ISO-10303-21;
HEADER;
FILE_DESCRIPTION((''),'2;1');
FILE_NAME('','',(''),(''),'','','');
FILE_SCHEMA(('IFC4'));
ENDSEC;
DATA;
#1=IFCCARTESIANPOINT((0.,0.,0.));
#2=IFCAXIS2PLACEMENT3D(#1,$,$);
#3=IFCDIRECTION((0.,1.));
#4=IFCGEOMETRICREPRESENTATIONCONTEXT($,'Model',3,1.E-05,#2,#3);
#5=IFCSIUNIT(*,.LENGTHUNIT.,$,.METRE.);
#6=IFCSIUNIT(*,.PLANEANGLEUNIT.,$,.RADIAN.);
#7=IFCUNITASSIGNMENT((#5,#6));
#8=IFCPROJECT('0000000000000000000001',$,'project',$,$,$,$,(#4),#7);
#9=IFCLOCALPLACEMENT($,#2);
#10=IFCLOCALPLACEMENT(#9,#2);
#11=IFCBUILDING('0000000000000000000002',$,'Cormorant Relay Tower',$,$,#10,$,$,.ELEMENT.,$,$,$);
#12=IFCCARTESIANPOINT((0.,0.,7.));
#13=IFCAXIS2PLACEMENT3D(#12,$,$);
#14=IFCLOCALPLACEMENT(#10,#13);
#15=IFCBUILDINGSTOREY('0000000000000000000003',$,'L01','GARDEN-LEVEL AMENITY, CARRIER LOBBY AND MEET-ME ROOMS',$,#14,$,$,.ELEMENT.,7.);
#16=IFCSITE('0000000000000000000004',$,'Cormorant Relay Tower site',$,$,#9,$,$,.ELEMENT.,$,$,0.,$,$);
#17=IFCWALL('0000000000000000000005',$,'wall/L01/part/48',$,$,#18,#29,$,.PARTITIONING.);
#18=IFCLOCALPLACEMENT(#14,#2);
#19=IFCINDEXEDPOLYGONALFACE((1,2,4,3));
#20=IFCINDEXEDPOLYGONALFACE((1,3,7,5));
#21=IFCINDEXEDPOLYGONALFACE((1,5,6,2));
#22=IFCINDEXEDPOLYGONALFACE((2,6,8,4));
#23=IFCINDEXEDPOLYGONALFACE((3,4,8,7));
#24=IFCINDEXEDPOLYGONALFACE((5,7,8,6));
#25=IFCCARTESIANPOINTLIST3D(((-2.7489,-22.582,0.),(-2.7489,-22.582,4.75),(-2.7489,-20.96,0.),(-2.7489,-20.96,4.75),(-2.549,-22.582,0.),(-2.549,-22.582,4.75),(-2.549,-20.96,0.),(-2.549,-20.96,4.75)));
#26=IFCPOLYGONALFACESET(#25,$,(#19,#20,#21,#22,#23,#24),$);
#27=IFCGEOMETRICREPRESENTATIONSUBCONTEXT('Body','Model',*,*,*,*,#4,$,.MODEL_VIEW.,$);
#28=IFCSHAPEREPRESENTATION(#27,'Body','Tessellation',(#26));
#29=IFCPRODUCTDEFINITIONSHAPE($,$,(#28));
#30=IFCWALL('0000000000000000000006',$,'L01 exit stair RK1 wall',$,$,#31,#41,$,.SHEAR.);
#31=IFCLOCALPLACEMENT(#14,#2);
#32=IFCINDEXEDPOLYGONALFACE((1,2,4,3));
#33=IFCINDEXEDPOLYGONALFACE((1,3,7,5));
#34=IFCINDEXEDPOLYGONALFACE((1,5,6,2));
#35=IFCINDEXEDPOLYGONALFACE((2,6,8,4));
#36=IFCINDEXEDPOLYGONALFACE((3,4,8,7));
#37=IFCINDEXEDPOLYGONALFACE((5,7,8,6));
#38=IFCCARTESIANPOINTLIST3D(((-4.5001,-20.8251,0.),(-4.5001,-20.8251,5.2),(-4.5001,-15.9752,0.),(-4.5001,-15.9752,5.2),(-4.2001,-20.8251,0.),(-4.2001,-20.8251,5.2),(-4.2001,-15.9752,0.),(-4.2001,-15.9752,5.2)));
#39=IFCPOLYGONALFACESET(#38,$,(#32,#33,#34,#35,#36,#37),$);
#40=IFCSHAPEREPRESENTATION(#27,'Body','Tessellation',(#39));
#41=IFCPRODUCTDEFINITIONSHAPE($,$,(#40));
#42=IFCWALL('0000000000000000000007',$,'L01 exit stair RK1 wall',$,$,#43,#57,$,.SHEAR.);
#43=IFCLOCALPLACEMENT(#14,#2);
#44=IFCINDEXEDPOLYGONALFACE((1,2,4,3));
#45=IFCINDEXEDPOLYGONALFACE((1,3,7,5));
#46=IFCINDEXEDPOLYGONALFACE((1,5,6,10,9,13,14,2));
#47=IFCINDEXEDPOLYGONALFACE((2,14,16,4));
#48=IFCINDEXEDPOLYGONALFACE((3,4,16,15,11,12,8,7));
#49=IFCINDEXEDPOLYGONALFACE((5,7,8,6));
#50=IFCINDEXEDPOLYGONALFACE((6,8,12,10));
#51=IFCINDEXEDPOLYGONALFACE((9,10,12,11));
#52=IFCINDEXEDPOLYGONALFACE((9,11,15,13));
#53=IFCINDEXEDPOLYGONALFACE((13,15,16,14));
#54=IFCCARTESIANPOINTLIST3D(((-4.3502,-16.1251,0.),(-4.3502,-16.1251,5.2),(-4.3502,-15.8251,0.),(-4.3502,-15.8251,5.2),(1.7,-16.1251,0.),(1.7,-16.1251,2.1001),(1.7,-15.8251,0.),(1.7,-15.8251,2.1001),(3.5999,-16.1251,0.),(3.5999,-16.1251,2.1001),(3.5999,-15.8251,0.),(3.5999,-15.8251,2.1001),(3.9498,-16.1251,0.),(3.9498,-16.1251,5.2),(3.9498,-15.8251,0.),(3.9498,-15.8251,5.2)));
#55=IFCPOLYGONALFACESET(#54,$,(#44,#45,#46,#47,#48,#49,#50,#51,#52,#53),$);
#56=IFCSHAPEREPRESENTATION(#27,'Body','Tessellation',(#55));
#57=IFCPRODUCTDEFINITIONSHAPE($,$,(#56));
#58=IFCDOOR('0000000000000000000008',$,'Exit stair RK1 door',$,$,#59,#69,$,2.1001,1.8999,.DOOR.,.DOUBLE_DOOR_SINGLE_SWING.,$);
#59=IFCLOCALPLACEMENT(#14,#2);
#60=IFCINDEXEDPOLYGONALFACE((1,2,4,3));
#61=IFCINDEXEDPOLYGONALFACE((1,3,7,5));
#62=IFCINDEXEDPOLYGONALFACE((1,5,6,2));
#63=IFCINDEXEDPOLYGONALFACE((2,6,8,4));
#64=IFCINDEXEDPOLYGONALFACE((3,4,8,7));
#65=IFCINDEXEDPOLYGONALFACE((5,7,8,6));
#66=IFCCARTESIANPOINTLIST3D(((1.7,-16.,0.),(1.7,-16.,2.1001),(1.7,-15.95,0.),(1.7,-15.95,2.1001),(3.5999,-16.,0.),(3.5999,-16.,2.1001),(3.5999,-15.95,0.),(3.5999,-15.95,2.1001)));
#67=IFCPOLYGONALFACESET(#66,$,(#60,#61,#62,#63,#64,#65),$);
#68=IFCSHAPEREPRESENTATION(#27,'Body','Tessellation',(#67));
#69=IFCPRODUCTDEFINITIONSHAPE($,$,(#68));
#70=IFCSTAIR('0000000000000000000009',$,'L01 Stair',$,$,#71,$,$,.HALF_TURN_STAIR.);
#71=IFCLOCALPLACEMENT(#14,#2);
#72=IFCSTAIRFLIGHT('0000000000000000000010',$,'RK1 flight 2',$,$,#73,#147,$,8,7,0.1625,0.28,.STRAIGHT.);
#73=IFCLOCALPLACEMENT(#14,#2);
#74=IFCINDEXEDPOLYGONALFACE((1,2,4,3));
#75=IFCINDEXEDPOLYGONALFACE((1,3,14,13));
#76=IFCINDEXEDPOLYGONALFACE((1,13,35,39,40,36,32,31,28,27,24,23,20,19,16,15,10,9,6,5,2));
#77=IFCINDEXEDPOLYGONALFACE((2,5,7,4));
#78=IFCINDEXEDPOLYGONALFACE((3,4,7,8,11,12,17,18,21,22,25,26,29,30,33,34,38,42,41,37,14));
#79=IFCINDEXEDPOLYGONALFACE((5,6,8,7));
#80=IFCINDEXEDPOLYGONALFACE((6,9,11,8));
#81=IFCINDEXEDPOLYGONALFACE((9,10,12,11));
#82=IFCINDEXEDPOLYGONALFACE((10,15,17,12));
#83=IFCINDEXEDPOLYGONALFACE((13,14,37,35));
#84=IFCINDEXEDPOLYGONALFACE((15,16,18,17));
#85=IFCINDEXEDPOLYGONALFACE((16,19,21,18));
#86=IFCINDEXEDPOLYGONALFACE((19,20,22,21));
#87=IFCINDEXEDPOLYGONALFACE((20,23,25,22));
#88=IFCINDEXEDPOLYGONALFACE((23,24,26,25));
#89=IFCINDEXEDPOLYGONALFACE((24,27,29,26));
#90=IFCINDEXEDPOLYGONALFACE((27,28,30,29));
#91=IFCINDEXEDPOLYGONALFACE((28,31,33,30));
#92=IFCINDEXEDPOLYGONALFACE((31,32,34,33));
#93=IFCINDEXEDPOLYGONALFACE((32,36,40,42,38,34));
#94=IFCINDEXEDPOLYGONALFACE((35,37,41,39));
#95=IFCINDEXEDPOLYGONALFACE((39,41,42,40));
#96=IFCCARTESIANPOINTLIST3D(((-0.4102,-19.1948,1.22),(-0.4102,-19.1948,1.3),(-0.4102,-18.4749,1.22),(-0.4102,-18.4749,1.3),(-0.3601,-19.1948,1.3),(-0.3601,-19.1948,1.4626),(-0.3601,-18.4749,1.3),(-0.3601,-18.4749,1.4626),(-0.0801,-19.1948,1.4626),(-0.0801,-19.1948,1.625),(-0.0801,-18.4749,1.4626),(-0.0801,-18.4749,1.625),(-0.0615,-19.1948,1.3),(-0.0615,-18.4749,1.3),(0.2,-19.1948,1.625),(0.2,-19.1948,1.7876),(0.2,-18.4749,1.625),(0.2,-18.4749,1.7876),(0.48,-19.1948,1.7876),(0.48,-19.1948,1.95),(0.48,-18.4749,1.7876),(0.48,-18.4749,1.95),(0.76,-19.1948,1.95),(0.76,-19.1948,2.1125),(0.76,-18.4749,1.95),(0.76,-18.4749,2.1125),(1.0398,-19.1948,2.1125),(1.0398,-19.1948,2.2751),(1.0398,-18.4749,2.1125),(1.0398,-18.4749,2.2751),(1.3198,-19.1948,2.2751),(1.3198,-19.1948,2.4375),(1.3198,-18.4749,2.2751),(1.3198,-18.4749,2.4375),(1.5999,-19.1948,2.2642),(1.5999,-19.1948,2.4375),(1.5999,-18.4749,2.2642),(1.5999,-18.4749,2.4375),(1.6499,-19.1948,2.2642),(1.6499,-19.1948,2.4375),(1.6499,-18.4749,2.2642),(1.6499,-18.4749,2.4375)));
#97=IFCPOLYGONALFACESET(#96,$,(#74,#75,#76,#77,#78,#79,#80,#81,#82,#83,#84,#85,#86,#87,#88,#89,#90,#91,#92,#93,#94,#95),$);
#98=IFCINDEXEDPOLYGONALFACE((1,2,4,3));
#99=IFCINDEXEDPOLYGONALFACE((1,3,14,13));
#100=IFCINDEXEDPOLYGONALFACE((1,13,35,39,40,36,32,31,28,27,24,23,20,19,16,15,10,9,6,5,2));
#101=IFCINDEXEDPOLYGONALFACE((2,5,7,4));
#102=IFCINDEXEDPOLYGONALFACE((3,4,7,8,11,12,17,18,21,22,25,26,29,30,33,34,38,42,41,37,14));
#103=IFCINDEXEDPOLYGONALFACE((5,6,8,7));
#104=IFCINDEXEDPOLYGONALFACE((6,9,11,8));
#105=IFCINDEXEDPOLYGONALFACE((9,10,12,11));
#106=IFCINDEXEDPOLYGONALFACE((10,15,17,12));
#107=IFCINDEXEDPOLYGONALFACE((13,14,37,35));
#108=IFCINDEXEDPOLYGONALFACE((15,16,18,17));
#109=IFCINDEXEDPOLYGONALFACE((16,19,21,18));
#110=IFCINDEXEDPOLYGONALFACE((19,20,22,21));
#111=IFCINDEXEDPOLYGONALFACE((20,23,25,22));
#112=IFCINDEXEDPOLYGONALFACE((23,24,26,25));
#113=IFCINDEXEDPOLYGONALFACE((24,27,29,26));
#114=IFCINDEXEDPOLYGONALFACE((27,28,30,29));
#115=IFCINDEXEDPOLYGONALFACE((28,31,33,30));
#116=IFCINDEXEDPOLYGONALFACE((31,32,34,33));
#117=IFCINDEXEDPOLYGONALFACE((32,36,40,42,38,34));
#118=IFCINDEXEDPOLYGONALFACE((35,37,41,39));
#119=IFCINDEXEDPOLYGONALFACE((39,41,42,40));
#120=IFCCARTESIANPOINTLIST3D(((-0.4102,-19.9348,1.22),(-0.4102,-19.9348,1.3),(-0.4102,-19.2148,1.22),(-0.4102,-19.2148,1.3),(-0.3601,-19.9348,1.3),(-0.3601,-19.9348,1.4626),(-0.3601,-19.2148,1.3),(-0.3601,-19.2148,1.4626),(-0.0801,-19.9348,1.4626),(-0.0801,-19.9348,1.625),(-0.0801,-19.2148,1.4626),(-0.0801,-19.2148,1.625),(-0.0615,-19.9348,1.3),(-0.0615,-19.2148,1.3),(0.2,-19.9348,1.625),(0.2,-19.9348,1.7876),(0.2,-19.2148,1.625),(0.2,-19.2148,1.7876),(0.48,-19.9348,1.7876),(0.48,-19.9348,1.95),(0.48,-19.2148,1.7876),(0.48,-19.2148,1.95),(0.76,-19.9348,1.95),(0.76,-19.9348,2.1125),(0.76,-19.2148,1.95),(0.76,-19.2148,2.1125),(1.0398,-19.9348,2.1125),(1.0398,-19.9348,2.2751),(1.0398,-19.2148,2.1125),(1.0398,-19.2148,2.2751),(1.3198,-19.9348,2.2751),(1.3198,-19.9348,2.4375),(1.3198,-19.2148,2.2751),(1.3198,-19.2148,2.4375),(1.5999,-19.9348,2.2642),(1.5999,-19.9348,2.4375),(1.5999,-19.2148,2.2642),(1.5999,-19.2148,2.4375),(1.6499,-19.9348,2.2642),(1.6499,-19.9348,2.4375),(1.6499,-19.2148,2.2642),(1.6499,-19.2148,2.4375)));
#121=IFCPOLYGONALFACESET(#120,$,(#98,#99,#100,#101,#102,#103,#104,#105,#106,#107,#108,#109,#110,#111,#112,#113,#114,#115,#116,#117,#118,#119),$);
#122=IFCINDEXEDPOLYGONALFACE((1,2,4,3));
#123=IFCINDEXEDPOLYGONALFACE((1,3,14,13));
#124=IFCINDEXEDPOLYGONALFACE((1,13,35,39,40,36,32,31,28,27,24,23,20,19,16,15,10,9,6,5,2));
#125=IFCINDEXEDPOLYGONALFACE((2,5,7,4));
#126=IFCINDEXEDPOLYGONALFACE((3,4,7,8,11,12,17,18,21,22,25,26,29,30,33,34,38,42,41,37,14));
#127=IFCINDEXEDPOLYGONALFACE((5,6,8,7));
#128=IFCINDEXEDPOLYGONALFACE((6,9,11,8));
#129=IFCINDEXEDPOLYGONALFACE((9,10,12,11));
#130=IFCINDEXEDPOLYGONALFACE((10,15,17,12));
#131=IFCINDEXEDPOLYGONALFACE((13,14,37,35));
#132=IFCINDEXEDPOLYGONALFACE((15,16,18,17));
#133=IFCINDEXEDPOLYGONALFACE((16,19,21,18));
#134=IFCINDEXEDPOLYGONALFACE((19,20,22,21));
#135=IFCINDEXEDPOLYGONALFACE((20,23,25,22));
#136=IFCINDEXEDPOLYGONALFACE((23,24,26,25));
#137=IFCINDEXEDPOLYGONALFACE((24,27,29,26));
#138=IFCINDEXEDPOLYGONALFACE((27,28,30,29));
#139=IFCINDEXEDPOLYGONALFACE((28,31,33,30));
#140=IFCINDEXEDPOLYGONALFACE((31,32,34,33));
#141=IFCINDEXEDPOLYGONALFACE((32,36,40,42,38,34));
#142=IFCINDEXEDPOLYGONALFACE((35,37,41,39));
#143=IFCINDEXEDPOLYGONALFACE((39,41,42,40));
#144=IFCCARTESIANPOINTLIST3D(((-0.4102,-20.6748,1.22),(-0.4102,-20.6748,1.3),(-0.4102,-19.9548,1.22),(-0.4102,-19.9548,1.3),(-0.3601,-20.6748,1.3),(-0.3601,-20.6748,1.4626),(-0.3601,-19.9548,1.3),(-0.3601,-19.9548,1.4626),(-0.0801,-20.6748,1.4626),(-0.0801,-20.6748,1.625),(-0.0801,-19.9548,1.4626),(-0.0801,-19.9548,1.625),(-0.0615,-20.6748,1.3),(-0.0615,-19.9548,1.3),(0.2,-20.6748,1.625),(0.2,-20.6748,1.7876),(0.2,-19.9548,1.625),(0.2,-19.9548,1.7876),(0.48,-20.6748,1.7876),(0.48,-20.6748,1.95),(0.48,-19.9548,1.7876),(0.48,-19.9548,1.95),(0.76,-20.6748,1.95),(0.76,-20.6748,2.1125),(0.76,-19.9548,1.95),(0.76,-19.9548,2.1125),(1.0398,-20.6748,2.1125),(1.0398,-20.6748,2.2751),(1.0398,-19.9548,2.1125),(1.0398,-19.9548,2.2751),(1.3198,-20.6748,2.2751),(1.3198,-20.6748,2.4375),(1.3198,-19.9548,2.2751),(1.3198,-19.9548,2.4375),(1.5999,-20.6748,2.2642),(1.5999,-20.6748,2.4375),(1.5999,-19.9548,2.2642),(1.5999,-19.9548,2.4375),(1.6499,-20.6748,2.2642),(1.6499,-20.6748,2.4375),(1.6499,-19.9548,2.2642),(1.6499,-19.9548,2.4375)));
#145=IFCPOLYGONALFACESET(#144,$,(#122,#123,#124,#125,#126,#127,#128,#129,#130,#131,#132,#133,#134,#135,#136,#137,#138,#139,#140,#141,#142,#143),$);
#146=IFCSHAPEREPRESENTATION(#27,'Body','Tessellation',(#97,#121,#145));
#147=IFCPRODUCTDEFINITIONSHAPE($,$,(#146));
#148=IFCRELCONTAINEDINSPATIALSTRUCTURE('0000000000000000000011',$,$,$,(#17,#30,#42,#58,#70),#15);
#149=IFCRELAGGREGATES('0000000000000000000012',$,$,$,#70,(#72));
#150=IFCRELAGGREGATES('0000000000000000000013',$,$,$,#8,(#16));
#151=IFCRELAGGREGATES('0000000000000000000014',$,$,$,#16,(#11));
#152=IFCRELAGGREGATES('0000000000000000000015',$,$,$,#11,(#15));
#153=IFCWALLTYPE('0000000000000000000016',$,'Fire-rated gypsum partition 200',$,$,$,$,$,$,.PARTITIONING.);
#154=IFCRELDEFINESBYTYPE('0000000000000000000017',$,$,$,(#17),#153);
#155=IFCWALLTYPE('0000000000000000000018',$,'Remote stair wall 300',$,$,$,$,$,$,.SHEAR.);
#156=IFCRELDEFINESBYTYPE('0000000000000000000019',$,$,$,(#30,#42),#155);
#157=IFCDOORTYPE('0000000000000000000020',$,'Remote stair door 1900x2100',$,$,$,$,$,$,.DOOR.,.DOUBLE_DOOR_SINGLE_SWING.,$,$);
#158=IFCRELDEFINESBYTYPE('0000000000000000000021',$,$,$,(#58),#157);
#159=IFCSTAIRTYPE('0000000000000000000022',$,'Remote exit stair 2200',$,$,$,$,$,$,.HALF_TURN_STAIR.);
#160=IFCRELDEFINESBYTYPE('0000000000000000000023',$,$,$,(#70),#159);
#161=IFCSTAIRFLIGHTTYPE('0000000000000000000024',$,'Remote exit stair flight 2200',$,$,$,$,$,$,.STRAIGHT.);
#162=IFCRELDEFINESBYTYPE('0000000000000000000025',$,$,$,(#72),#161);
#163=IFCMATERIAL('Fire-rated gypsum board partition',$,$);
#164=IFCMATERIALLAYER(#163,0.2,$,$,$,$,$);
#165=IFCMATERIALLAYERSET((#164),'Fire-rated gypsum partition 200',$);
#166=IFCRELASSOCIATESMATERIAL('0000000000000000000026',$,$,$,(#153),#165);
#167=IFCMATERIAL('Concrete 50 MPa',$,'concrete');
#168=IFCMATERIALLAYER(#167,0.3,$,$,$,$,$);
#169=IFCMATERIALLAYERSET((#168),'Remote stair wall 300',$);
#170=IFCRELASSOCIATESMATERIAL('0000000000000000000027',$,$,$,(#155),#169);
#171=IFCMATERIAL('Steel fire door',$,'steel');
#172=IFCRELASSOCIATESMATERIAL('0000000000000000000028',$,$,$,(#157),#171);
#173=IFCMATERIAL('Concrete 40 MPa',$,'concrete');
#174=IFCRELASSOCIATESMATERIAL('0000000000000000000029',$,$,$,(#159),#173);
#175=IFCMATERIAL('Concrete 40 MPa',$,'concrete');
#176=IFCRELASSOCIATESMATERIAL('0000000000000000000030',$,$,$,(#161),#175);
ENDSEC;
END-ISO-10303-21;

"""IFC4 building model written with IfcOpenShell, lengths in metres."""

from ifc_helpers import new_model, si_unit, direction, frame, frame_2d, origin, place, context, subcontext, project, spatial, polyline, rectangle, outline, extrude, material, layer, layer_set, type_object, element, fill, aggregate, save


model = new_model("IFC4")

# Units and contexts
model_context = context("Model", 3, precision=1e-05, world=origin(), true_north=direction((0.0, 1.0)))
body_context = subcontext(model_context, "Body", "Model", "MODEL_VIEW")
ifc_project = project(units=[si_unit("LENGTHUNIT", "METRE"), si_unit("PLANEANGLEUNIT", "RADIAN")], contexts=[model_context])

# Site, building, storey
site_placement = place(None, origin())
site = spatial("IfcSite", under=ifc_project, at=site_placement, Name="Cormorant Relay Tower site", CompositionType="ELEMENT", RefElevation=0.0)
building_placement = place(site_placement, origin())
building = spatial("IfcBuilding", under=site, at=building_placement, Name="Cormorant Relay Tower", CompositionType="ELEMENT")
storey_placement = place(building_placement, frame((0.0, 0.0, 7.0)))
storey = spatial("IfcBuildingStorey", under=building, at=storey_placement, Name="L01", Description="GARDEN-LEVEL AMENITY, CARRIER LOBBY AND MEET-ME ROOMS", CompositionType="ELEMENT", Elevation=7.0)

# Shared definitions
ifc_material_1 = material(Name="Fire-rated gypsum board partition")
ifc_layer_1 = layer(ifc_material_1, 0.2)
ifc_layer_set_1 = layer_set([ifc_layer_1], Name="Fire-rated gypsum partition 200")
wall_type_1 = type_object("IfcWallType", Name="Fire-rated gypsum partition 200", PredefinedType="PARTITIONING", material=ifc_layer_set_1)

# Wall
wall_1_placement = place(storey_placement, frame((-2.6489, -20.96, 0.0), z_axis=(0.0, 0.0, 1.0), x_axis=(0.0, -1.0, 0.0)))
element("IfcWall", 1, at=wall_1_placement, inside=storey, type_object=wall_type_1, Name="wall/L01/part/48", PredefinedType="PARTITIONING", context=body_context, shape_type="SweptSolid", body=[
    extrude(rectangle(XDim=1.6221, YDim=0.2, at=frame_2d((0.811, 0.0))), origin(), (0.0, 0.0, 1.0), 4.75),
])

# Wall
ifc_material_2 = material(Name="Concrete 50 MPa", Category="concrete")
ifc_layer_2 = layer(ifc_material_2, 0.3)
ifc_layer_set_2 = layer_set([ifc_layer_2], Name="Remote stair wall 300")
wall_type_2 = type_object("IfcWallType", Name="Remote stair wall 300", PredefinedType="SHEAR", material=ifc_layer_set_2)
wall_2_placement = place(storey_placement, frame((-4.3501, -20.825, 0.0), z_axis=(0.0, 0.0, 1.0), x_axis=(0.0, 1.0, 0.0)))
element("IfcWall", 2, at=wall_2_placement, inside=storey, type_object=wall_type_2, Name="L01 exit stair RK1 wall", PredefinedType="SHEAR", context=body_context, shape_type="SweptSolid", body=[
    extrude(rectangle(XDim=4.8499, YDim=0.3, at=frame_2d((2.4248, 0.0))), origin(), (0.0, 0.0, 1.0), 5.2),
])

# Wall, opening, door
wall_3_placement = place(storey_placement, frame((-4.3501, -15.9751, 0.0), z_axis=(0.0, 0.0, 1.0), x_axis=(1.0, 0.0, 0.0)))
wall_3 = element("IfcWall", 3, at=wall_3_placement, inside=storey, type_object=wall_type_2, Name="L01 exit stair RK1 wall", PredefinedType="SHEAR", context=body_context, shape_type="SweptSolid", body=[
    extrude(rectangle(XDim=8.3, YDim=0.3, at=frame_2d((4.1499, 0.0))), origin(), (0.0, 0.0, 1.0), 5.2),
])
opening_1_placement = place(wall_3_placement, frame((6.05, 0.0, 0.0)))
opening_1 = element("IfcOpeningElement", 4, at=opening_1_placement, cuts=wall_3, PredefinedType="OPENING", context=body_context, shape_type="SweptSolid", body=[
    extrude(rectangle(XDim=1.8999, YDim=2.1001, at=frame_2d((0.95, 1.05))), frame((0.0, 0.1599, 0.0), z_axis=(0.0, -1.0, 0.0), x_axis=(1.0, 0.0, 0.0)), (0.0, 0.0, 1.0), 0.3201),
])
ifc_material_3 = material(Name="Steel fire door", Category="steel")
door_type_1 = type_object("IfcDoorType", Name="Remote stair door 1900x2100", OperationType="DOUBLE_DOOR_SINGLE_SWING", PredefinedType="DOOR", material=ifc_material_3)
door_1_placement = place(opening_1_placement, frame((1.8999, 0.0, 0.0), z_axis=(0.0, 0.0, 1.0), x_axis=(-1.0, 0.0, 0.0)))
door_1 = element("IfcDoor", 5, at=door_1_placement, inside=storey, type_object=door_type_1, Name="Exit stair RK1 door", OperationType="DOUBLE_DOOR_SINGLE_SWING", OverallHeight=2.1001, OverallWidth=1.8999, PredefinedType="DOOR", context=body_context, shape_type="SweptSolid", body=[
    extrude(rectangle(XDim=1.8999, YDim=2.1001, at=frame_2d((0.95, 1.05))), frame((0.0, 0.0249, 0.0), z_axis=(0.0, -1.0, 0.0), x_axis=(1.0, 0.0, 0.0)), (0.0, 0.0, 1.0), 0.05),
])
fill(opening_1, door_1)

# Stair, stair flight
ifc_material_4 = material(Name="Concrete 40 MPa", Category="concrete")
stair_type = type_object("IfcStairType", Name="Remote exit stair 2200", PredefinedType="HALF_TURN_STAIR", material=ifc_material_4)
stair_placement = place(storey_placement, origin())
stair = element("IfcStair", 6, at=stair_placement, inside=storey, type_object=stair_type, Name="L01 Stair", PredefinedType="HALF_TURN_STAIR")
ifc_material_5 = material(Name="Concrete 40 MPa", Category="concrete")
stair_flight_type = type_object("IfcStairFlightType", Name="Remote exit stair flight 2200", PredefinedType="STRAIGHT", material=ifc_material_5)
stair_flight_1_placement = place(storey_placement, frame((-0.3601, -19.575, 1.3), z_axis=(0.0, 0.0, 1.0), x_axis=(1.0, 0.0, 0.0)))
stair_flight_1 = element("IfcStairFlight", 7, at=stair_flight_1_placement, type_object=stair_flight_type, Name="RK1 flight 2", NumberOfRisers=8, NumberOfTreads=7, PredefinedType="STRAIGHT", RiserHeight=0.1625, TreadLength=0.28, context=body_context, shape_type="SweptSolid", body=[
    extrude(outline(polyline([(-0.05, -0.0801), (-0.05, 0.0), (0.0, 0.0), (0.0, 0.1626), (0.28, 0.1626), (0.28, 0.325), (0.5601, 0.325), (0.5601, 0.4875), (0.8401, 0.4875), (0.8401, 0.6499), (1.1201, 0.6499), (1.1201, 0.8125), (1.3999, 0.8125), (1.3999, 0.9751), (1.6799, 0.9751), (1.6799, 1.1375), (1.96, 1.1375), (2.01, 1.1375), (2.01, 0.9641), (1.96, 0.9641), (0.2986, 0.0), (-0.05, -0.0801)])), frame((0.0, 1.1001, 0.0), z_axis=(0.0, -1.0, 0.0), x_axis=(1.0, 0.0, 0.0)), (0.0, 0.0, 1.0), 0.72),
    extrude(outline(polyline([(-0.05, -0.0801), (-0.05, 0.0), (0.0, 0.0), (0.0, 0.1626), (0.28, 0.1626), (0.28, 0.325), (0.5601, 0.325), (0.5601, 0.4875), (0.8401, 0.4875), (0.8401, 0.6499), (1.1201, 0.6499), (1.1201, 0.8125), (1.3999, 0.8125), (1.3999, 0.9751), (1.6799, 0.9751), (1.6799, 1.1375), (1.96, 1.1375), (2.01, 1.1375), (2.01, 0.9641), (1.96, 0.9641), (0.2986, 0.0), (-0.05, -0.0801)])), frame((0.0, 0.3601, 0.0), z_axis=(0.0, -1.0, 0.0), x_axis=(1.0, 0.0, 0.0)), (0.0, 0.0, 1.0), 0.72),
    extrude(outline(polyline([(-0.05, -0.0801), (-0.05, 0.0), (0.0, 0.0), (0.0, 0.1626), (0.28, 0.1626), (0.28, 0.325), (0.5601, 0.325), (0.5601, 0.4875), (0.8401, 0.4875), (0.8401, 0.6499), (1.1201, 0.6499), (1.1201, 0.8125), (1.3999, 0.8125), (1.3999, 0.9751), (1.6799, 0.9751), (1.6799, 1.1375), (1.96, 1.1375), (2.01, 1.1375), (2.01, 0.9641), (1.96, 0.9641), (0.2986, 0.0), (-0.05, -0.0801)])), frame((0.0, -0.3799, 0.0), z_axis=(0.0, -1.0, 0.0), x_axis=(1.0, 0.0, 0.0)), (0.0, 0.0, 1.0), 0.72),
])
aggregate(stair, [stair_flight_1])

save(model, "model.ifc")
